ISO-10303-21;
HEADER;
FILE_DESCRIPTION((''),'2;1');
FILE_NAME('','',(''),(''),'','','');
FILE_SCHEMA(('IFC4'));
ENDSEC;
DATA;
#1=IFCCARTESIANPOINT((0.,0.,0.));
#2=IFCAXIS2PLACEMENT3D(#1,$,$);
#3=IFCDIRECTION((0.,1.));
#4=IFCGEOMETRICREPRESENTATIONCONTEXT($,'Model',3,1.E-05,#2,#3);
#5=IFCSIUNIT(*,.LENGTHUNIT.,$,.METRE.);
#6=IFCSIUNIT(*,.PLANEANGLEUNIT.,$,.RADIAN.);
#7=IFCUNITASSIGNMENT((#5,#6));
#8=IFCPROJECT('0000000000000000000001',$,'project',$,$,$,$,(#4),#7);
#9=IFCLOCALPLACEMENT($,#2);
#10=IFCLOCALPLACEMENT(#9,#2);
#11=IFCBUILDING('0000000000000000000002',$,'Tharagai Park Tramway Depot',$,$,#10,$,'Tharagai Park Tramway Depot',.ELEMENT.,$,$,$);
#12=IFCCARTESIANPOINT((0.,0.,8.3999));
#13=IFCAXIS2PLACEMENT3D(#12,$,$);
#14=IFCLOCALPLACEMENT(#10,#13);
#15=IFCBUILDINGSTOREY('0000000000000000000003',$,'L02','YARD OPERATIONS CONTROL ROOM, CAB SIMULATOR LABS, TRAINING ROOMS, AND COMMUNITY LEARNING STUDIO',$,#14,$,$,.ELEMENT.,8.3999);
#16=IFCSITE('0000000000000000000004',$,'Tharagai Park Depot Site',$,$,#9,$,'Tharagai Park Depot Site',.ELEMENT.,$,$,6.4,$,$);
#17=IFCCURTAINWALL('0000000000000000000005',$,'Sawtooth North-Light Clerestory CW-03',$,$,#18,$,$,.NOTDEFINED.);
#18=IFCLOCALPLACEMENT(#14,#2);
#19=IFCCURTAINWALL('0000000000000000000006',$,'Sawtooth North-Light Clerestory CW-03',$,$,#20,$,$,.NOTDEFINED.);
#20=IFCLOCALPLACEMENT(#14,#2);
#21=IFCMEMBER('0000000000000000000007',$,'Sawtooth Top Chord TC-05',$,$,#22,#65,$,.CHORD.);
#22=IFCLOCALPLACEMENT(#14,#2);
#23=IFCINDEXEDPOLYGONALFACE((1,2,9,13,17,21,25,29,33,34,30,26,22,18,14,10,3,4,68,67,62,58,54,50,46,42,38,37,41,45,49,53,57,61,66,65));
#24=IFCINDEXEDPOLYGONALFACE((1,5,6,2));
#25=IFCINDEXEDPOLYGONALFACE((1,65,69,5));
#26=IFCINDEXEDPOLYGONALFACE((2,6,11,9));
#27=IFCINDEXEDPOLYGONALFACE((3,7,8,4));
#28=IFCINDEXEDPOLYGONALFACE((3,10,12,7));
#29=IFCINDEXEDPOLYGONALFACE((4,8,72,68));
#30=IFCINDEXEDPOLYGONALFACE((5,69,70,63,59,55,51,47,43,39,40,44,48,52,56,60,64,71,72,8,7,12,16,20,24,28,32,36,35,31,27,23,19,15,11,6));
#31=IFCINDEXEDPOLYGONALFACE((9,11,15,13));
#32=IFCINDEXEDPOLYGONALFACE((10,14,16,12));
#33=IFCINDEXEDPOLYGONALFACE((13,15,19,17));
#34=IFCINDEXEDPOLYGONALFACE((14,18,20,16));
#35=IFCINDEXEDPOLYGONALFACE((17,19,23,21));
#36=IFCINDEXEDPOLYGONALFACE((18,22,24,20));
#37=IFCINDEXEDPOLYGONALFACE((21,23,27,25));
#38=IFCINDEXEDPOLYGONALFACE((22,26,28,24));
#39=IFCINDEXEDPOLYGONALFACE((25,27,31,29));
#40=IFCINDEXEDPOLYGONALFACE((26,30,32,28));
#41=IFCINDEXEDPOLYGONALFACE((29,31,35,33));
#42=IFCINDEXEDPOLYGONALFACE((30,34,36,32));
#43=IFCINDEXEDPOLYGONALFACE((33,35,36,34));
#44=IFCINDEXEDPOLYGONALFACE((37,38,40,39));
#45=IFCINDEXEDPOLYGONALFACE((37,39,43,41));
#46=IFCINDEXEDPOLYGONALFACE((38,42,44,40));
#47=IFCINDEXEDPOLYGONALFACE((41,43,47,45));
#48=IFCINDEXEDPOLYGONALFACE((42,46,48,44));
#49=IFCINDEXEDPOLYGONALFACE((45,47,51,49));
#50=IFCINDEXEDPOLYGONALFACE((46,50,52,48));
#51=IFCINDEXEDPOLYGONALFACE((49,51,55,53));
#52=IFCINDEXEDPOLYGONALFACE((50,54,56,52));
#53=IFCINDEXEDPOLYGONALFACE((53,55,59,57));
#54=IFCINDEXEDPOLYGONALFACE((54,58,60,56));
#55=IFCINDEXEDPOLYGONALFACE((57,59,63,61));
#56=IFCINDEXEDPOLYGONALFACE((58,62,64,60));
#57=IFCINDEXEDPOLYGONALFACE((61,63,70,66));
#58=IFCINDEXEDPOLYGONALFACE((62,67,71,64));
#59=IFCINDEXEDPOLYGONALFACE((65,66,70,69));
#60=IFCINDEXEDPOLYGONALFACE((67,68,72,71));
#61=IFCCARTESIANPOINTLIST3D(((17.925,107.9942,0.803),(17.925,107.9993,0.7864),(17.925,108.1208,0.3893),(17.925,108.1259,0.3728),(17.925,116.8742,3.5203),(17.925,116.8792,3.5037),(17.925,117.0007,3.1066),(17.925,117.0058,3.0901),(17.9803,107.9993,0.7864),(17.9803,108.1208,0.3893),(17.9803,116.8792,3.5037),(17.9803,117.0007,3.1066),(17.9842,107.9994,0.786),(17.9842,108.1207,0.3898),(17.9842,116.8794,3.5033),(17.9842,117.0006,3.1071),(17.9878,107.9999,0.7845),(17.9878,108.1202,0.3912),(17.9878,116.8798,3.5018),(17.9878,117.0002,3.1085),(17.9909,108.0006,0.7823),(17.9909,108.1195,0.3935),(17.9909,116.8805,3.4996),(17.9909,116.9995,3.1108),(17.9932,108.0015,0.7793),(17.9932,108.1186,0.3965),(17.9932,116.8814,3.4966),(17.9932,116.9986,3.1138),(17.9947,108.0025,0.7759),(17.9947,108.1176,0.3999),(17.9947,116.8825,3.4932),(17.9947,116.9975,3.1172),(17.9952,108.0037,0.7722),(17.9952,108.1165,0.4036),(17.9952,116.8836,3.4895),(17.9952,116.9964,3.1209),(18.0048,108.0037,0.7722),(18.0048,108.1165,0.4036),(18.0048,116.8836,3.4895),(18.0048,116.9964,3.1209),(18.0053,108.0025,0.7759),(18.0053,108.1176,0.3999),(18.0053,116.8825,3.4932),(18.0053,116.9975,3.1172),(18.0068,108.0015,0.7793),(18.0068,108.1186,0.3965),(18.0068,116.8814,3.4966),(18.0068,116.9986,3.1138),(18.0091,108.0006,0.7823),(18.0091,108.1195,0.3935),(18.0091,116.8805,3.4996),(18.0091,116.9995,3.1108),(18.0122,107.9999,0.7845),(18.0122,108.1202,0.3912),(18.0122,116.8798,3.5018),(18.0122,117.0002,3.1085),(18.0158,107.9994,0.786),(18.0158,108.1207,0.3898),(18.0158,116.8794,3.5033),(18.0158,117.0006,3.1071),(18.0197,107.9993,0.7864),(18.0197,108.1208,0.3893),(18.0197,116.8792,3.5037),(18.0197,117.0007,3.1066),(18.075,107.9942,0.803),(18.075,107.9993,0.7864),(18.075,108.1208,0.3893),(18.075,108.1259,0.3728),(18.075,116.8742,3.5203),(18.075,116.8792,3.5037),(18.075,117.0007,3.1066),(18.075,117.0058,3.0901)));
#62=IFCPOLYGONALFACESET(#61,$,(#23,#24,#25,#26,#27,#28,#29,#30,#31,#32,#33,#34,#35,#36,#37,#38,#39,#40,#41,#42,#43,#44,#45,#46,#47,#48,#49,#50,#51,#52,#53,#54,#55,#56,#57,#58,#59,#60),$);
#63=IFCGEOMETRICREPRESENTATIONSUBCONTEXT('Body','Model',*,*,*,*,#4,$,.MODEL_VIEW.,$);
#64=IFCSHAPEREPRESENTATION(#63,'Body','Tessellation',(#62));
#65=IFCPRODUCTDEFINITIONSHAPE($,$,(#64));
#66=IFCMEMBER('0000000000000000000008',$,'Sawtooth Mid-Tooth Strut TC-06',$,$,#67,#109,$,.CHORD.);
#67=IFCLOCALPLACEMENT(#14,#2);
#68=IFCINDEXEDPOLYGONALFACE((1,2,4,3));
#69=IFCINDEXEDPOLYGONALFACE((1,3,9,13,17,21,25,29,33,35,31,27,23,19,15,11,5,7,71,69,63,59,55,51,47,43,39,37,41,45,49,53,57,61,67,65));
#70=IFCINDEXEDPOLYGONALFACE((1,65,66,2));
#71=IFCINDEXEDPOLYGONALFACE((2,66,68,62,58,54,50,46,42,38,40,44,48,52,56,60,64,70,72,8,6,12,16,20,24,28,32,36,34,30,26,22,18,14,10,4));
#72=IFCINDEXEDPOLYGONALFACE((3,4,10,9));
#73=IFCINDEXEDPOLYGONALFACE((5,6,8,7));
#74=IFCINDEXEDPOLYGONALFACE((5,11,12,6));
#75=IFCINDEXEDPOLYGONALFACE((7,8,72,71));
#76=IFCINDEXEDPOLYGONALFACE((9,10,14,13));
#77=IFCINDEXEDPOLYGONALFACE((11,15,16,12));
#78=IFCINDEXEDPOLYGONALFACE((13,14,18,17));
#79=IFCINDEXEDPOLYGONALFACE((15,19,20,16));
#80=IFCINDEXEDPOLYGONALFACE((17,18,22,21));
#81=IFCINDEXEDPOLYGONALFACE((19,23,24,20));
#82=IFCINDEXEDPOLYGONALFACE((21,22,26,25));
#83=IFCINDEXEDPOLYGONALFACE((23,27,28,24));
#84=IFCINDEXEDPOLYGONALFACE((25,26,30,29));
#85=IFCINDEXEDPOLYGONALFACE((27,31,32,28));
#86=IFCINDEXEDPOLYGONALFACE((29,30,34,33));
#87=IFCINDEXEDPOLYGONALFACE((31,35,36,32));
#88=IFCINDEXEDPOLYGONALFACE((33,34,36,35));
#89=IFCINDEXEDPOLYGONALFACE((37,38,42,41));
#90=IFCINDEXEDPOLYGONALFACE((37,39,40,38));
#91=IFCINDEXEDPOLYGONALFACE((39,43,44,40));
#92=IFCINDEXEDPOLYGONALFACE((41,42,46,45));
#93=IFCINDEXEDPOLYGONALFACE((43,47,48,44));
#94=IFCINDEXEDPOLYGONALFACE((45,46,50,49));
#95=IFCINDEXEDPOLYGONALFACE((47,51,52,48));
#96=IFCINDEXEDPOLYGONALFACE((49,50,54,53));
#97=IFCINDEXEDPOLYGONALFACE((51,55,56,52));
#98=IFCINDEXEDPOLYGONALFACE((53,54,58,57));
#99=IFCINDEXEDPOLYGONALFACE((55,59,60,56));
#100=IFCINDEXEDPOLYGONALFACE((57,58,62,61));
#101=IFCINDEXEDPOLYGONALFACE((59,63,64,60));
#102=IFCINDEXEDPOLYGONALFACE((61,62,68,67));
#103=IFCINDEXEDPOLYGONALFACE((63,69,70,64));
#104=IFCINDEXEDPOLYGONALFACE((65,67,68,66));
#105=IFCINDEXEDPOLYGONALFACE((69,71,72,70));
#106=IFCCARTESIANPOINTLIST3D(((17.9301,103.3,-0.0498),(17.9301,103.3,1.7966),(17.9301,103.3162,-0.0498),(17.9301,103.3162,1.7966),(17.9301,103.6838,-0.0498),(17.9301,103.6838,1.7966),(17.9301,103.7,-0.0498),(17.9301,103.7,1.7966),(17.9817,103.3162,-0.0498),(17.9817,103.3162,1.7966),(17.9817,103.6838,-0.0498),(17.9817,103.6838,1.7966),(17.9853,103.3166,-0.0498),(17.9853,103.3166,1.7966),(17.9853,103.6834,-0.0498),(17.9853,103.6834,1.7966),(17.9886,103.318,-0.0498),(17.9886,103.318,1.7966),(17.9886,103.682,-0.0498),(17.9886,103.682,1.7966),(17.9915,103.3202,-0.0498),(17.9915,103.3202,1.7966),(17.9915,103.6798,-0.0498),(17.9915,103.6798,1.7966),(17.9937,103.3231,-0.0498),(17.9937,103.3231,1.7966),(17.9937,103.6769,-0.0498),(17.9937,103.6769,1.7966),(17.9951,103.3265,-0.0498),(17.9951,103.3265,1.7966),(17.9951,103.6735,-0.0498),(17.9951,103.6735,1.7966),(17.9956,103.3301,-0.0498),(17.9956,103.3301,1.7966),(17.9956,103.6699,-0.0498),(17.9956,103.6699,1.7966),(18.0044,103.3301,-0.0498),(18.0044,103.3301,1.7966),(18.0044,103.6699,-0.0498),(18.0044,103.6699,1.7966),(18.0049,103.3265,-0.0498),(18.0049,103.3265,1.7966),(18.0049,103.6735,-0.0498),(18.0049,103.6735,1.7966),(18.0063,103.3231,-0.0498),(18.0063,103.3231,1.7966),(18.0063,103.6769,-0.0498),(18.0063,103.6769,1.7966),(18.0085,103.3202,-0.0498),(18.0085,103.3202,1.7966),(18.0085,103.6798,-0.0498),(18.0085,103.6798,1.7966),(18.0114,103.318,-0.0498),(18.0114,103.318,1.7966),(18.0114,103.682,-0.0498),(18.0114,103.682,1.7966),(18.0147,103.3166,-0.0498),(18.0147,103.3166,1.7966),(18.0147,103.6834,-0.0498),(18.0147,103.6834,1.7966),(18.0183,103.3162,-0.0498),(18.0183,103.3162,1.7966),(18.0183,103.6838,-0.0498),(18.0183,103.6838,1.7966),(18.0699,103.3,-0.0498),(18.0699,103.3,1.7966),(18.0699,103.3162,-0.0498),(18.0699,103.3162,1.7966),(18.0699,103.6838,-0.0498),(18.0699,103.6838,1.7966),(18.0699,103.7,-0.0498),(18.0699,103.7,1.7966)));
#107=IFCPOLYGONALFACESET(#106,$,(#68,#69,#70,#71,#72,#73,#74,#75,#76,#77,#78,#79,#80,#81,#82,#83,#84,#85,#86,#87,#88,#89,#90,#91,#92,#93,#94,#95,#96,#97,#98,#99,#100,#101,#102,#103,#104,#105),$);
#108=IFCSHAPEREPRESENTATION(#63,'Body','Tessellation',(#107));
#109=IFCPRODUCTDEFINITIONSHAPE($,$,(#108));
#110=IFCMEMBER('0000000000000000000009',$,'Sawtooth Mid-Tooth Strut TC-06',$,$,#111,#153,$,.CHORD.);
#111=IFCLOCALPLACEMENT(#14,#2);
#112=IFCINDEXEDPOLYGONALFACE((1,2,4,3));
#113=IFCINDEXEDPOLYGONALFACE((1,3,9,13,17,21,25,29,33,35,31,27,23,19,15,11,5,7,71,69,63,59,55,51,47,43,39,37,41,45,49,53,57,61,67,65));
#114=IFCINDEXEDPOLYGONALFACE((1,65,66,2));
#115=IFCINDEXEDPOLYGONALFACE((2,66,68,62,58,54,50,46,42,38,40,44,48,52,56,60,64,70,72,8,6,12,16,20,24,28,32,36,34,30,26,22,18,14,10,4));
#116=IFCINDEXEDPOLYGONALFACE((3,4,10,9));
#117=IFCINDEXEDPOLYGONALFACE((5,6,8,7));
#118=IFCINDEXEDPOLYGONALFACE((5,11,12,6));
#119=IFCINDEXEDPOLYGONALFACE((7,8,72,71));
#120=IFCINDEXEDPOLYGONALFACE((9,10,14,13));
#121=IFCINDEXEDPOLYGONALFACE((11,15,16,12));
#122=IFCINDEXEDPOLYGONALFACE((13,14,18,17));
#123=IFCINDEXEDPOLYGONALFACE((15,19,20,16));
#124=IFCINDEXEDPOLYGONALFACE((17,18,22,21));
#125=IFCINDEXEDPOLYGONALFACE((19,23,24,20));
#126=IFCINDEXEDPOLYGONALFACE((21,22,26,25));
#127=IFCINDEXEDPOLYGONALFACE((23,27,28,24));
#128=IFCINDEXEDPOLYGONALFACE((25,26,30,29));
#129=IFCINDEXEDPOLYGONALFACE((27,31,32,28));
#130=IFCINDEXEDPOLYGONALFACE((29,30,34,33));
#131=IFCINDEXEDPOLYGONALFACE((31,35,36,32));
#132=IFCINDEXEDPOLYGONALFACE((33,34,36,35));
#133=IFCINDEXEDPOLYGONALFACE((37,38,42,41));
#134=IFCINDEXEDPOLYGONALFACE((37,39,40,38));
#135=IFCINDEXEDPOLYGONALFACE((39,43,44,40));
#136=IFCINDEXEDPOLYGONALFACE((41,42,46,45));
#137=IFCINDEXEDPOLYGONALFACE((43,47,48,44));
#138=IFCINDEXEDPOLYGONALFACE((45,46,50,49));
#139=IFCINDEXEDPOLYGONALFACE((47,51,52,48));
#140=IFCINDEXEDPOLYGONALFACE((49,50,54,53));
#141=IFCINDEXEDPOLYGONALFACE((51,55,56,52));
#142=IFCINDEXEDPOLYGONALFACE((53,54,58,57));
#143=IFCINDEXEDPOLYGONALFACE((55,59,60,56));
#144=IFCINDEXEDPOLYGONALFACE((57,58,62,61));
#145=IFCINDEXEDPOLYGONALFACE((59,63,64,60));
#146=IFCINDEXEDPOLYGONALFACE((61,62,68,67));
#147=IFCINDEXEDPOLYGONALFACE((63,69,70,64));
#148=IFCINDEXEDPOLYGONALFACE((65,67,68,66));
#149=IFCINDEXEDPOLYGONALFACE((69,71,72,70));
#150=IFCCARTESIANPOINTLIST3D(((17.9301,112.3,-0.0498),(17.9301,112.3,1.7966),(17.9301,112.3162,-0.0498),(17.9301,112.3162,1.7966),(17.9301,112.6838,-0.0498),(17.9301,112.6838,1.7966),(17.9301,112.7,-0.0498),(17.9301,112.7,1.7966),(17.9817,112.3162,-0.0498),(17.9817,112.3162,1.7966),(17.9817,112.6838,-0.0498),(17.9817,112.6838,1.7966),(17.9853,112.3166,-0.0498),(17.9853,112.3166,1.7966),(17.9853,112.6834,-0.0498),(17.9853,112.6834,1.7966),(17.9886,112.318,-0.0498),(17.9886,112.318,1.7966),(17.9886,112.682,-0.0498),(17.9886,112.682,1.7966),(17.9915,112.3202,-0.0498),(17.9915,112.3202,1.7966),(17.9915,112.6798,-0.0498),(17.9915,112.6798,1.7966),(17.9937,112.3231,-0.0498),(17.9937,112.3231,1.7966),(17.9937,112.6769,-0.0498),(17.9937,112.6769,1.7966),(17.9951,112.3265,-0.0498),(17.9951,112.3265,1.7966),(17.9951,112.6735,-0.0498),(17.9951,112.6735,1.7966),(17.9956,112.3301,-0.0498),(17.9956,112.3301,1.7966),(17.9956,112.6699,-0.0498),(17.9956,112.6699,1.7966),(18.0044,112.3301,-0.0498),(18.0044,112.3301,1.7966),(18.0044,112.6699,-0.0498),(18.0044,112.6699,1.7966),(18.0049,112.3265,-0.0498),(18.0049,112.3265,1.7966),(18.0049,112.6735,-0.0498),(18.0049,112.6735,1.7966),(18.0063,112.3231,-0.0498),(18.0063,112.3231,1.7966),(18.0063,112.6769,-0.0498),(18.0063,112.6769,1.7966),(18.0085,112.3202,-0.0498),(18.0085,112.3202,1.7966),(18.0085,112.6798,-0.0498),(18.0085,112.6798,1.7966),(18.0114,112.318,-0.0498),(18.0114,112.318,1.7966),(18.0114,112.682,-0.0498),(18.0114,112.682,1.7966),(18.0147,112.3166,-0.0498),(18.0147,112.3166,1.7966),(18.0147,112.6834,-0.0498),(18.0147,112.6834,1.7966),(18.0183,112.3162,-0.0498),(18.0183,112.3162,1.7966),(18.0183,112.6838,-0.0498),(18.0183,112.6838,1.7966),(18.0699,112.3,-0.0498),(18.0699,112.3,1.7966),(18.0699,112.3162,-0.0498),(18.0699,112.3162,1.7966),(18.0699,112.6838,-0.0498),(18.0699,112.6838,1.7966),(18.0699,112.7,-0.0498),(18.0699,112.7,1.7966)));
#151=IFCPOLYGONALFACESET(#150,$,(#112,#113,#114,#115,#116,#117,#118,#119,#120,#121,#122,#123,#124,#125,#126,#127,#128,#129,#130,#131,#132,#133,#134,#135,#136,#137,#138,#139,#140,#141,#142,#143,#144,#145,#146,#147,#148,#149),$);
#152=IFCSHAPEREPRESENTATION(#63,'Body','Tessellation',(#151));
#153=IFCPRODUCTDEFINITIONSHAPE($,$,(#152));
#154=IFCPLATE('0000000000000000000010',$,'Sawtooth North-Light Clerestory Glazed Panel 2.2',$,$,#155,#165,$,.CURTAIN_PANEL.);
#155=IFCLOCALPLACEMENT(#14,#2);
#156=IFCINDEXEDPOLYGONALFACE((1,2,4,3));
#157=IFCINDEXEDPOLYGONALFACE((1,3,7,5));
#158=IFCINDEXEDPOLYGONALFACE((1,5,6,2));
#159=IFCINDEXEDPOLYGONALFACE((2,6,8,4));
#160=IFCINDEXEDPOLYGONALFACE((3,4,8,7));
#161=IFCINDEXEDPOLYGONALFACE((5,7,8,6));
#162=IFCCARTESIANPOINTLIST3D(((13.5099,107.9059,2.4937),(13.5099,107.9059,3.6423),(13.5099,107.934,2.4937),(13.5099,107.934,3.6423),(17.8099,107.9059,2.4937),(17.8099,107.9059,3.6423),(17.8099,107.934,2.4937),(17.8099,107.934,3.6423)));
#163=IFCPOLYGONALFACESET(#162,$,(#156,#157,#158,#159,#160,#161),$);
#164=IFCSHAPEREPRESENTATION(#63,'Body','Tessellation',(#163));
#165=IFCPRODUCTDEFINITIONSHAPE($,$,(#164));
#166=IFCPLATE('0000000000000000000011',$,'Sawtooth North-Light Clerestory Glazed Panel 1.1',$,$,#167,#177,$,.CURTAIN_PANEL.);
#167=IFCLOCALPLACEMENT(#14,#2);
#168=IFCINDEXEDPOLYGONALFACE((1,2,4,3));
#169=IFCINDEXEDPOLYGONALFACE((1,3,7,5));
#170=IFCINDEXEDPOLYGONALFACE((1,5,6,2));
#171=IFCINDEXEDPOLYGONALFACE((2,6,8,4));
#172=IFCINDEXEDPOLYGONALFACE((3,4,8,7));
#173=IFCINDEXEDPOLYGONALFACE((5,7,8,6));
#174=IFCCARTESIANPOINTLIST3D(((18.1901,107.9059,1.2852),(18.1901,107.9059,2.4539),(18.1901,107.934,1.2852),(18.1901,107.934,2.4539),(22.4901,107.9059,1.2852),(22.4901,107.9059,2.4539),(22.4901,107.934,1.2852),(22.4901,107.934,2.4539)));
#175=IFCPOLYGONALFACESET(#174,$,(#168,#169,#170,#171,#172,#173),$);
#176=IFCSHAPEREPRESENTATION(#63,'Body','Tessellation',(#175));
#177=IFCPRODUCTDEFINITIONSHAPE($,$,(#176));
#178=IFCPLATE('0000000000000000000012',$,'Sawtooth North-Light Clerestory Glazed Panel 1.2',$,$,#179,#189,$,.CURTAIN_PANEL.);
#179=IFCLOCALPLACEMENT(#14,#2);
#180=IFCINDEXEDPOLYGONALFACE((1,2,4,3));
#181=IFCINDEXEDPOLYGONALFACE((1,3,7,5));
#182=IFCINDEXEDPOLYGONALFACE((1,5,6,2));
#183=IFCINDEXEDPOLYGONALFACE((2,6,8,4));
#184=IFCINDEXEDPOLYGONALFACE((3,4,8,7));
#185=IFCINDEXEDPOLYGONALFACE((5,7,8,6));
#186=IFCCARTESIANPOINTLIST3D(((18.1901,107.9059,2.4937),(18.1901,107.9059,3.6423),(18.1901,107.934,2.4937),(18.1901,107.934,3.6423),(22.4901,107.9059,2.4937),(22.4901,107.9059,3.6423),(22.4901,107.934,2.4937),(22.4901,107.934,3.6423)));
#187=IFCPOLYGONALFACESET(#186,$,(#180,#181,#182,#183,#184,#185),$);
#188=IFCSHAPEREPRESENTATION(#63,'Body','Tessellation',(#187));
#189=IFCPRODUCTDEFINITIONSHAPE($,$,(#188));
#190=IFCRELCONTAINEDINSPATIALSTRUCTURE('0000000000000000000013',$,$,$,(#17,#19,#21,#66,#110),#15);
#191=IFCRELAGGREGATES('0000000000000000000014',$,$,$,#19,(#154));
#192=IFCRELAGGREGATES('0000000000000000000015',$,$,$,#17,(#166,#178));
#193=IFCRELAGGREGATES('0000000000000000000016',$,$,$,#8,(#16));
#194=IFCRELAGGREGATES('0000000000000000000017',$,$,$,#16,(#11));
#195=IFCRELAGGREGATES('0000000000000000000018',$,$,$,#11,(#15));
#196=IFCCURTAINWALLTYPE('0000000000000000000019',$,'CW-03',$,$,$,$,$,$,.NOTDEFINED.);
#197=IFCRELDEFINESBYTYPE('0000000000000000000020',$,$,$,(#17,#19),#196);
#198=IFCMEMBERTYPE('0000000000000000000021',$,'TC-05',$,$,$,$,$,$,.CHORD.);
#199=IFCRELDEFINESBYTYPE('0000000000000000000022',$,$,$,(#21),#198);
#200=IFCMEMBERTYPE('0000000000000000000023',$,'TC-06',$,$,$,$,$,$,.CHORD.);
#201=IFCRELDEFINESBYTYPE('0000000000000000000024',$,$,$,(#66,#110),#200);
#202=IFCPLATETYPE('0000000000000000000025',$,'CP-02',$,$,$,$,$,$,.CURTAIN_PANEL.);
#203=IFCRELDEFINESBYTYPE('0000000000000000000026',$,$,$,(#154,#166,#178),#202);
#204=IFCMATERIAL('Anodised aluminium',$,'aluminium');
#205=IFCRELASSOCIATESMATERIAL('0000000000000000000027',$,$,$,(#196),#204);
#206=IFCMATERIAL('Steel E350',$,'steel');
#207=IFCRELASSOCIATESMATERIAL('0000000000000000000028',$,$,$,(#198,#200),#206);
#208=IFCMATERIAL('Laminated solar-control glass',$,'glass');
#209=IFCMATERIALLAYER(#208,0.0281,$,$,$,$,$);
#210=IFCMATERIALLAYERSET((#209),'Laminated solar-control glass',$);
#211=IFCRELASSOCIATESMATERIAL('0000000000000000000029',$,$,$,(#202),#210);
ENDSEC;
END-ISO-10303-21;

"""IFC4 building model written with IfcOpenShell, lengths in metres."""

from ifc_helpers import new_model, si_unit, direction, frame, origin, origin_2d, place, context, subcontext, project, spatial, rectangle, i_section, extrude, material, layer, layer_set, material_profile, profile_set, type_object, element, aggregate, save


model = new_model("IFC4")

# Units and contexts
model_context = context("Model", 3, precision=1e-05, world=origin(), true_north=direction((0.0, 1.0)))
body_context = subcontext(model_context, "Body", "Model", "MODEL_VIEW")
ifc_project = project(units=[si_unit("LENGTHUNIT", "METRE"), si_unit("PLANEANGLEUNIT", "RADIAN")], contexts=[model_context])

# Site, building, storey
site_placement = place(None, origin())
site = spatial("IfcSite", under=ifc_project, at=site_placement, Name="Tharagai Park Depot Site", LongName="Tharagai Park Depot Site", CompositionType="ELEMENT", RefElevation=6.4)
building_placement = place(site_placement, origin())
building = spatial("IfcBuilding", under=site, at=building_placement, Name="Tharagai Park Tramway Depot", LongName="Tharagai Park Tramway Depot", CompositionType="ELEMENT")
storey_placement = place(building_placement, frame((0.0, 0.0, 8.3999)))
storey = spatial("IfcBuildingStorey", under=building, at=storey_placement, Name="L02", Description="YARD OPERATIONS CONTROL ROOM, CAB SIMULATOR LABS, TRAINING ROOMS, AND COMMUNITY LEARNING STUDIO", CompositionType="ELEMENT", Elevation=8.3999)

# Shared definitions
ifc_material_1 = material(Name="Steel E350", Category="steel")

# Curtain wall
ifc_material_2 = material(Name="Anodised aluminium", Category="aluminium")
curtain_wall_type = type_object("IfcCurtainWallType", Name="CW-03", PredefinedType="NOTDEFINED", material=ifc_material_2)
curtain_wall_1_placement = place(storey_placement, origin())
curtain_wall_1 = element("IfcCurtainWall", 1, at=curtain_wall_1_placement, inside=storey, type_object=curtain_wall_type, Name="Sawtooth North-Light Clerestory CW-03", PredefinedType="NOTDEFINED")

# Curtain wall
curtain_wall_2_placement = place(storey_placement, origin())
curtain_wall_2 = element("IfcCurtainWall", 2, at=curtain_wall_2_placement, inside=storey, type_object=curtain_wall_type, Name="Sawtooth North-Light Clerestory CW-03", PredefinedType="NOTDEFINED")

# Members
ifc_material_profile_1 = material_profile(ifc_material_1, i_section(OverallWidth=0.1499, OverallDepth=0.45, WebThickness=0.0095, FlangeThickness=0.0173, FilletRadius=0.0149, at=origin_2d()), Name="ISMB 450")
ifc_profile_set_1 = profile_set([ifc_material_profile_1], Name="Steel E350")
member_type_1 = type_object("IfcMemberType", Name="TC-05", PredefinedType="CHORD", material=ifc_profile_set_1)
member_1_placement = place(storey_placement, frame((18.0, 108.0601, 0.5879), z_axis=(0.0, 0.956231, 0.292611), x_axis=(-1.0, 0.0, 0.0)))
element("IfcMember", 3, at=member_1_placement, inside=storey, type_object=member_type_1, Name="Sawtooth Top Chord TC-05", PredefinedType="CHORD", context=body_context, shape_type="SweptSolid", body=[
    extrude(i_section(OverallWidth=0.1499, OverallDepth=0.45, WebThickness=0.0095, FlangeThickness=0.0173, FilletRadius=0.0149, at=origin_2d()), origin(), (0.0, 0.0, 1.0), 9.2864),
])
ifc_material_profile_2 = material_profile(ifc_material_1, i_section(OverallWidth=0.1399, OverallDepth=0.3999, WebThickness=0.0088, FlangeThickness=0.0161, FilletRadius=0.0139, at=origin_2d()), Name="ISMB 400")
ifc_profile_set_2 = profile_set([ifc_material_profile_2], Name="Steel E350")
member_type_2 = type_object("IfcMemberType", Name="TC-06", PredefinedType="CHORD", material=ifc_profile_set_2)
for number, where, z_axis, x_axis, name in (
    (4, (18.0, 103.5, -0.0498), (0.0, 0.0, 1.0), (1.0, 0.0, 0.0), "Sawtooth Mid-Tooth Strut TC-06"),
    (5, (18.0, 112.5, -0.0498), (0.0, 0.0, 1.0), (1.0, 0.0, 0.0), "Sawtooth Mid-Tooth Strut TC-06"),
):
    element("IfcMember", number, at=place(storey_placement, frame(where, z_axis=z_axis, x_axis=x_axis)), inside=storey, type_object=member_type_2, Name=name, PredefinedType="CHORD", context=body_context, shape_type="SweptSolid", body=[
        extrude(i_section(OverallWidth=0.1399, OverallDepth=0.3999, WebThickness=0.0088, FlangeThickness=0.0161, FilletRadius=0.0139, at=origin_2d()), origin(), (0.0, 0.0, 1.0), 1.8464),
    ])

# Plates
ifc_material_3 = material(Name="Laminated solar-control glass", Category="glass")
ifc_layer_1 = layer(ifc_material_3, 0.0281)
ifc_layer_set_1 = layer_set([ifc_layer_1], Name="Laminated solar-control glass")
plate_type_1 = type_object("IfcPlateType", Name="CP-02", PredefinedType="CURTAIN_PANEL", material=ifc_layer_set_1)
plate_1_placement = place(storey_placement, frame((15.6599, 107.9199, 2.4937), z_axis=(0.0, 0.0, 1.0), x_axis=(1.0, 0.0, 0.0)))
plate_1 = element("IfcPlate", 6, at=plate_1_placement, type_object=plate_type_1, Name="Sawtooth North-Light Clerestory Glazed Panel 2.2", PredefinedType="CURTAIN_PANEL", context=body_context, shape_type="SweptSolid", body=[
    extrude(rectangle(XDim=4.3, YDim=0.0281, at=origin_2d()), origin(), (0.0, 0.0, 1.0), 1.1487),
])
aggregate(curtain_wall_2, [plate_1])
plate_2_placement = place(storey_placement, frame((20.3401, 107.9199, 1.2852), z_axis=(0.0, 0.0, 1.0), x_axis=(1.0, 0.0, 0.0)))
plate_2 = element("IfcPlate", 7, at=plate_2_placement, type_object=plate_type_1, Name="Sawtooth North-Light Clerestory Glazed Panel 1.1", PredefinedType="CURTAIN_PANEL", context=body_context, shape_type="SweptSolid", body=[
    extrude(rectangle(XDim=4.3, YDim=0.0281, at=origin_2d()), origin(), (0.0, 0.0, 1.0), 1.1687),
])
plate_3_placement = place(storey_placement, frame((20.3401, 107.9199, 2.4937), z_axis=(0.0, 0.0, 1.0), x_axis=(1.0, 0.0, 0.0)))
plate_3 = element("IfcPlate", 8, at=plate_3_placement, type_object=plate_type_1, Name="Sawtooth North-Light Clerestory Glazed Panel 1.2", PredefinedType="CURTAIN_PANEL", context=body_context, shape_type="SweptSolid", body=[
    extrude(rectangle(XDim=4.3, YDim=0.0281, at=origin_2d()), origin(), (0.0, 0.0, 1.0), 1.1487),
])
aggregate(curtain_wall_1, [plate_2, plate_3])

save(model, "model.ifc")
